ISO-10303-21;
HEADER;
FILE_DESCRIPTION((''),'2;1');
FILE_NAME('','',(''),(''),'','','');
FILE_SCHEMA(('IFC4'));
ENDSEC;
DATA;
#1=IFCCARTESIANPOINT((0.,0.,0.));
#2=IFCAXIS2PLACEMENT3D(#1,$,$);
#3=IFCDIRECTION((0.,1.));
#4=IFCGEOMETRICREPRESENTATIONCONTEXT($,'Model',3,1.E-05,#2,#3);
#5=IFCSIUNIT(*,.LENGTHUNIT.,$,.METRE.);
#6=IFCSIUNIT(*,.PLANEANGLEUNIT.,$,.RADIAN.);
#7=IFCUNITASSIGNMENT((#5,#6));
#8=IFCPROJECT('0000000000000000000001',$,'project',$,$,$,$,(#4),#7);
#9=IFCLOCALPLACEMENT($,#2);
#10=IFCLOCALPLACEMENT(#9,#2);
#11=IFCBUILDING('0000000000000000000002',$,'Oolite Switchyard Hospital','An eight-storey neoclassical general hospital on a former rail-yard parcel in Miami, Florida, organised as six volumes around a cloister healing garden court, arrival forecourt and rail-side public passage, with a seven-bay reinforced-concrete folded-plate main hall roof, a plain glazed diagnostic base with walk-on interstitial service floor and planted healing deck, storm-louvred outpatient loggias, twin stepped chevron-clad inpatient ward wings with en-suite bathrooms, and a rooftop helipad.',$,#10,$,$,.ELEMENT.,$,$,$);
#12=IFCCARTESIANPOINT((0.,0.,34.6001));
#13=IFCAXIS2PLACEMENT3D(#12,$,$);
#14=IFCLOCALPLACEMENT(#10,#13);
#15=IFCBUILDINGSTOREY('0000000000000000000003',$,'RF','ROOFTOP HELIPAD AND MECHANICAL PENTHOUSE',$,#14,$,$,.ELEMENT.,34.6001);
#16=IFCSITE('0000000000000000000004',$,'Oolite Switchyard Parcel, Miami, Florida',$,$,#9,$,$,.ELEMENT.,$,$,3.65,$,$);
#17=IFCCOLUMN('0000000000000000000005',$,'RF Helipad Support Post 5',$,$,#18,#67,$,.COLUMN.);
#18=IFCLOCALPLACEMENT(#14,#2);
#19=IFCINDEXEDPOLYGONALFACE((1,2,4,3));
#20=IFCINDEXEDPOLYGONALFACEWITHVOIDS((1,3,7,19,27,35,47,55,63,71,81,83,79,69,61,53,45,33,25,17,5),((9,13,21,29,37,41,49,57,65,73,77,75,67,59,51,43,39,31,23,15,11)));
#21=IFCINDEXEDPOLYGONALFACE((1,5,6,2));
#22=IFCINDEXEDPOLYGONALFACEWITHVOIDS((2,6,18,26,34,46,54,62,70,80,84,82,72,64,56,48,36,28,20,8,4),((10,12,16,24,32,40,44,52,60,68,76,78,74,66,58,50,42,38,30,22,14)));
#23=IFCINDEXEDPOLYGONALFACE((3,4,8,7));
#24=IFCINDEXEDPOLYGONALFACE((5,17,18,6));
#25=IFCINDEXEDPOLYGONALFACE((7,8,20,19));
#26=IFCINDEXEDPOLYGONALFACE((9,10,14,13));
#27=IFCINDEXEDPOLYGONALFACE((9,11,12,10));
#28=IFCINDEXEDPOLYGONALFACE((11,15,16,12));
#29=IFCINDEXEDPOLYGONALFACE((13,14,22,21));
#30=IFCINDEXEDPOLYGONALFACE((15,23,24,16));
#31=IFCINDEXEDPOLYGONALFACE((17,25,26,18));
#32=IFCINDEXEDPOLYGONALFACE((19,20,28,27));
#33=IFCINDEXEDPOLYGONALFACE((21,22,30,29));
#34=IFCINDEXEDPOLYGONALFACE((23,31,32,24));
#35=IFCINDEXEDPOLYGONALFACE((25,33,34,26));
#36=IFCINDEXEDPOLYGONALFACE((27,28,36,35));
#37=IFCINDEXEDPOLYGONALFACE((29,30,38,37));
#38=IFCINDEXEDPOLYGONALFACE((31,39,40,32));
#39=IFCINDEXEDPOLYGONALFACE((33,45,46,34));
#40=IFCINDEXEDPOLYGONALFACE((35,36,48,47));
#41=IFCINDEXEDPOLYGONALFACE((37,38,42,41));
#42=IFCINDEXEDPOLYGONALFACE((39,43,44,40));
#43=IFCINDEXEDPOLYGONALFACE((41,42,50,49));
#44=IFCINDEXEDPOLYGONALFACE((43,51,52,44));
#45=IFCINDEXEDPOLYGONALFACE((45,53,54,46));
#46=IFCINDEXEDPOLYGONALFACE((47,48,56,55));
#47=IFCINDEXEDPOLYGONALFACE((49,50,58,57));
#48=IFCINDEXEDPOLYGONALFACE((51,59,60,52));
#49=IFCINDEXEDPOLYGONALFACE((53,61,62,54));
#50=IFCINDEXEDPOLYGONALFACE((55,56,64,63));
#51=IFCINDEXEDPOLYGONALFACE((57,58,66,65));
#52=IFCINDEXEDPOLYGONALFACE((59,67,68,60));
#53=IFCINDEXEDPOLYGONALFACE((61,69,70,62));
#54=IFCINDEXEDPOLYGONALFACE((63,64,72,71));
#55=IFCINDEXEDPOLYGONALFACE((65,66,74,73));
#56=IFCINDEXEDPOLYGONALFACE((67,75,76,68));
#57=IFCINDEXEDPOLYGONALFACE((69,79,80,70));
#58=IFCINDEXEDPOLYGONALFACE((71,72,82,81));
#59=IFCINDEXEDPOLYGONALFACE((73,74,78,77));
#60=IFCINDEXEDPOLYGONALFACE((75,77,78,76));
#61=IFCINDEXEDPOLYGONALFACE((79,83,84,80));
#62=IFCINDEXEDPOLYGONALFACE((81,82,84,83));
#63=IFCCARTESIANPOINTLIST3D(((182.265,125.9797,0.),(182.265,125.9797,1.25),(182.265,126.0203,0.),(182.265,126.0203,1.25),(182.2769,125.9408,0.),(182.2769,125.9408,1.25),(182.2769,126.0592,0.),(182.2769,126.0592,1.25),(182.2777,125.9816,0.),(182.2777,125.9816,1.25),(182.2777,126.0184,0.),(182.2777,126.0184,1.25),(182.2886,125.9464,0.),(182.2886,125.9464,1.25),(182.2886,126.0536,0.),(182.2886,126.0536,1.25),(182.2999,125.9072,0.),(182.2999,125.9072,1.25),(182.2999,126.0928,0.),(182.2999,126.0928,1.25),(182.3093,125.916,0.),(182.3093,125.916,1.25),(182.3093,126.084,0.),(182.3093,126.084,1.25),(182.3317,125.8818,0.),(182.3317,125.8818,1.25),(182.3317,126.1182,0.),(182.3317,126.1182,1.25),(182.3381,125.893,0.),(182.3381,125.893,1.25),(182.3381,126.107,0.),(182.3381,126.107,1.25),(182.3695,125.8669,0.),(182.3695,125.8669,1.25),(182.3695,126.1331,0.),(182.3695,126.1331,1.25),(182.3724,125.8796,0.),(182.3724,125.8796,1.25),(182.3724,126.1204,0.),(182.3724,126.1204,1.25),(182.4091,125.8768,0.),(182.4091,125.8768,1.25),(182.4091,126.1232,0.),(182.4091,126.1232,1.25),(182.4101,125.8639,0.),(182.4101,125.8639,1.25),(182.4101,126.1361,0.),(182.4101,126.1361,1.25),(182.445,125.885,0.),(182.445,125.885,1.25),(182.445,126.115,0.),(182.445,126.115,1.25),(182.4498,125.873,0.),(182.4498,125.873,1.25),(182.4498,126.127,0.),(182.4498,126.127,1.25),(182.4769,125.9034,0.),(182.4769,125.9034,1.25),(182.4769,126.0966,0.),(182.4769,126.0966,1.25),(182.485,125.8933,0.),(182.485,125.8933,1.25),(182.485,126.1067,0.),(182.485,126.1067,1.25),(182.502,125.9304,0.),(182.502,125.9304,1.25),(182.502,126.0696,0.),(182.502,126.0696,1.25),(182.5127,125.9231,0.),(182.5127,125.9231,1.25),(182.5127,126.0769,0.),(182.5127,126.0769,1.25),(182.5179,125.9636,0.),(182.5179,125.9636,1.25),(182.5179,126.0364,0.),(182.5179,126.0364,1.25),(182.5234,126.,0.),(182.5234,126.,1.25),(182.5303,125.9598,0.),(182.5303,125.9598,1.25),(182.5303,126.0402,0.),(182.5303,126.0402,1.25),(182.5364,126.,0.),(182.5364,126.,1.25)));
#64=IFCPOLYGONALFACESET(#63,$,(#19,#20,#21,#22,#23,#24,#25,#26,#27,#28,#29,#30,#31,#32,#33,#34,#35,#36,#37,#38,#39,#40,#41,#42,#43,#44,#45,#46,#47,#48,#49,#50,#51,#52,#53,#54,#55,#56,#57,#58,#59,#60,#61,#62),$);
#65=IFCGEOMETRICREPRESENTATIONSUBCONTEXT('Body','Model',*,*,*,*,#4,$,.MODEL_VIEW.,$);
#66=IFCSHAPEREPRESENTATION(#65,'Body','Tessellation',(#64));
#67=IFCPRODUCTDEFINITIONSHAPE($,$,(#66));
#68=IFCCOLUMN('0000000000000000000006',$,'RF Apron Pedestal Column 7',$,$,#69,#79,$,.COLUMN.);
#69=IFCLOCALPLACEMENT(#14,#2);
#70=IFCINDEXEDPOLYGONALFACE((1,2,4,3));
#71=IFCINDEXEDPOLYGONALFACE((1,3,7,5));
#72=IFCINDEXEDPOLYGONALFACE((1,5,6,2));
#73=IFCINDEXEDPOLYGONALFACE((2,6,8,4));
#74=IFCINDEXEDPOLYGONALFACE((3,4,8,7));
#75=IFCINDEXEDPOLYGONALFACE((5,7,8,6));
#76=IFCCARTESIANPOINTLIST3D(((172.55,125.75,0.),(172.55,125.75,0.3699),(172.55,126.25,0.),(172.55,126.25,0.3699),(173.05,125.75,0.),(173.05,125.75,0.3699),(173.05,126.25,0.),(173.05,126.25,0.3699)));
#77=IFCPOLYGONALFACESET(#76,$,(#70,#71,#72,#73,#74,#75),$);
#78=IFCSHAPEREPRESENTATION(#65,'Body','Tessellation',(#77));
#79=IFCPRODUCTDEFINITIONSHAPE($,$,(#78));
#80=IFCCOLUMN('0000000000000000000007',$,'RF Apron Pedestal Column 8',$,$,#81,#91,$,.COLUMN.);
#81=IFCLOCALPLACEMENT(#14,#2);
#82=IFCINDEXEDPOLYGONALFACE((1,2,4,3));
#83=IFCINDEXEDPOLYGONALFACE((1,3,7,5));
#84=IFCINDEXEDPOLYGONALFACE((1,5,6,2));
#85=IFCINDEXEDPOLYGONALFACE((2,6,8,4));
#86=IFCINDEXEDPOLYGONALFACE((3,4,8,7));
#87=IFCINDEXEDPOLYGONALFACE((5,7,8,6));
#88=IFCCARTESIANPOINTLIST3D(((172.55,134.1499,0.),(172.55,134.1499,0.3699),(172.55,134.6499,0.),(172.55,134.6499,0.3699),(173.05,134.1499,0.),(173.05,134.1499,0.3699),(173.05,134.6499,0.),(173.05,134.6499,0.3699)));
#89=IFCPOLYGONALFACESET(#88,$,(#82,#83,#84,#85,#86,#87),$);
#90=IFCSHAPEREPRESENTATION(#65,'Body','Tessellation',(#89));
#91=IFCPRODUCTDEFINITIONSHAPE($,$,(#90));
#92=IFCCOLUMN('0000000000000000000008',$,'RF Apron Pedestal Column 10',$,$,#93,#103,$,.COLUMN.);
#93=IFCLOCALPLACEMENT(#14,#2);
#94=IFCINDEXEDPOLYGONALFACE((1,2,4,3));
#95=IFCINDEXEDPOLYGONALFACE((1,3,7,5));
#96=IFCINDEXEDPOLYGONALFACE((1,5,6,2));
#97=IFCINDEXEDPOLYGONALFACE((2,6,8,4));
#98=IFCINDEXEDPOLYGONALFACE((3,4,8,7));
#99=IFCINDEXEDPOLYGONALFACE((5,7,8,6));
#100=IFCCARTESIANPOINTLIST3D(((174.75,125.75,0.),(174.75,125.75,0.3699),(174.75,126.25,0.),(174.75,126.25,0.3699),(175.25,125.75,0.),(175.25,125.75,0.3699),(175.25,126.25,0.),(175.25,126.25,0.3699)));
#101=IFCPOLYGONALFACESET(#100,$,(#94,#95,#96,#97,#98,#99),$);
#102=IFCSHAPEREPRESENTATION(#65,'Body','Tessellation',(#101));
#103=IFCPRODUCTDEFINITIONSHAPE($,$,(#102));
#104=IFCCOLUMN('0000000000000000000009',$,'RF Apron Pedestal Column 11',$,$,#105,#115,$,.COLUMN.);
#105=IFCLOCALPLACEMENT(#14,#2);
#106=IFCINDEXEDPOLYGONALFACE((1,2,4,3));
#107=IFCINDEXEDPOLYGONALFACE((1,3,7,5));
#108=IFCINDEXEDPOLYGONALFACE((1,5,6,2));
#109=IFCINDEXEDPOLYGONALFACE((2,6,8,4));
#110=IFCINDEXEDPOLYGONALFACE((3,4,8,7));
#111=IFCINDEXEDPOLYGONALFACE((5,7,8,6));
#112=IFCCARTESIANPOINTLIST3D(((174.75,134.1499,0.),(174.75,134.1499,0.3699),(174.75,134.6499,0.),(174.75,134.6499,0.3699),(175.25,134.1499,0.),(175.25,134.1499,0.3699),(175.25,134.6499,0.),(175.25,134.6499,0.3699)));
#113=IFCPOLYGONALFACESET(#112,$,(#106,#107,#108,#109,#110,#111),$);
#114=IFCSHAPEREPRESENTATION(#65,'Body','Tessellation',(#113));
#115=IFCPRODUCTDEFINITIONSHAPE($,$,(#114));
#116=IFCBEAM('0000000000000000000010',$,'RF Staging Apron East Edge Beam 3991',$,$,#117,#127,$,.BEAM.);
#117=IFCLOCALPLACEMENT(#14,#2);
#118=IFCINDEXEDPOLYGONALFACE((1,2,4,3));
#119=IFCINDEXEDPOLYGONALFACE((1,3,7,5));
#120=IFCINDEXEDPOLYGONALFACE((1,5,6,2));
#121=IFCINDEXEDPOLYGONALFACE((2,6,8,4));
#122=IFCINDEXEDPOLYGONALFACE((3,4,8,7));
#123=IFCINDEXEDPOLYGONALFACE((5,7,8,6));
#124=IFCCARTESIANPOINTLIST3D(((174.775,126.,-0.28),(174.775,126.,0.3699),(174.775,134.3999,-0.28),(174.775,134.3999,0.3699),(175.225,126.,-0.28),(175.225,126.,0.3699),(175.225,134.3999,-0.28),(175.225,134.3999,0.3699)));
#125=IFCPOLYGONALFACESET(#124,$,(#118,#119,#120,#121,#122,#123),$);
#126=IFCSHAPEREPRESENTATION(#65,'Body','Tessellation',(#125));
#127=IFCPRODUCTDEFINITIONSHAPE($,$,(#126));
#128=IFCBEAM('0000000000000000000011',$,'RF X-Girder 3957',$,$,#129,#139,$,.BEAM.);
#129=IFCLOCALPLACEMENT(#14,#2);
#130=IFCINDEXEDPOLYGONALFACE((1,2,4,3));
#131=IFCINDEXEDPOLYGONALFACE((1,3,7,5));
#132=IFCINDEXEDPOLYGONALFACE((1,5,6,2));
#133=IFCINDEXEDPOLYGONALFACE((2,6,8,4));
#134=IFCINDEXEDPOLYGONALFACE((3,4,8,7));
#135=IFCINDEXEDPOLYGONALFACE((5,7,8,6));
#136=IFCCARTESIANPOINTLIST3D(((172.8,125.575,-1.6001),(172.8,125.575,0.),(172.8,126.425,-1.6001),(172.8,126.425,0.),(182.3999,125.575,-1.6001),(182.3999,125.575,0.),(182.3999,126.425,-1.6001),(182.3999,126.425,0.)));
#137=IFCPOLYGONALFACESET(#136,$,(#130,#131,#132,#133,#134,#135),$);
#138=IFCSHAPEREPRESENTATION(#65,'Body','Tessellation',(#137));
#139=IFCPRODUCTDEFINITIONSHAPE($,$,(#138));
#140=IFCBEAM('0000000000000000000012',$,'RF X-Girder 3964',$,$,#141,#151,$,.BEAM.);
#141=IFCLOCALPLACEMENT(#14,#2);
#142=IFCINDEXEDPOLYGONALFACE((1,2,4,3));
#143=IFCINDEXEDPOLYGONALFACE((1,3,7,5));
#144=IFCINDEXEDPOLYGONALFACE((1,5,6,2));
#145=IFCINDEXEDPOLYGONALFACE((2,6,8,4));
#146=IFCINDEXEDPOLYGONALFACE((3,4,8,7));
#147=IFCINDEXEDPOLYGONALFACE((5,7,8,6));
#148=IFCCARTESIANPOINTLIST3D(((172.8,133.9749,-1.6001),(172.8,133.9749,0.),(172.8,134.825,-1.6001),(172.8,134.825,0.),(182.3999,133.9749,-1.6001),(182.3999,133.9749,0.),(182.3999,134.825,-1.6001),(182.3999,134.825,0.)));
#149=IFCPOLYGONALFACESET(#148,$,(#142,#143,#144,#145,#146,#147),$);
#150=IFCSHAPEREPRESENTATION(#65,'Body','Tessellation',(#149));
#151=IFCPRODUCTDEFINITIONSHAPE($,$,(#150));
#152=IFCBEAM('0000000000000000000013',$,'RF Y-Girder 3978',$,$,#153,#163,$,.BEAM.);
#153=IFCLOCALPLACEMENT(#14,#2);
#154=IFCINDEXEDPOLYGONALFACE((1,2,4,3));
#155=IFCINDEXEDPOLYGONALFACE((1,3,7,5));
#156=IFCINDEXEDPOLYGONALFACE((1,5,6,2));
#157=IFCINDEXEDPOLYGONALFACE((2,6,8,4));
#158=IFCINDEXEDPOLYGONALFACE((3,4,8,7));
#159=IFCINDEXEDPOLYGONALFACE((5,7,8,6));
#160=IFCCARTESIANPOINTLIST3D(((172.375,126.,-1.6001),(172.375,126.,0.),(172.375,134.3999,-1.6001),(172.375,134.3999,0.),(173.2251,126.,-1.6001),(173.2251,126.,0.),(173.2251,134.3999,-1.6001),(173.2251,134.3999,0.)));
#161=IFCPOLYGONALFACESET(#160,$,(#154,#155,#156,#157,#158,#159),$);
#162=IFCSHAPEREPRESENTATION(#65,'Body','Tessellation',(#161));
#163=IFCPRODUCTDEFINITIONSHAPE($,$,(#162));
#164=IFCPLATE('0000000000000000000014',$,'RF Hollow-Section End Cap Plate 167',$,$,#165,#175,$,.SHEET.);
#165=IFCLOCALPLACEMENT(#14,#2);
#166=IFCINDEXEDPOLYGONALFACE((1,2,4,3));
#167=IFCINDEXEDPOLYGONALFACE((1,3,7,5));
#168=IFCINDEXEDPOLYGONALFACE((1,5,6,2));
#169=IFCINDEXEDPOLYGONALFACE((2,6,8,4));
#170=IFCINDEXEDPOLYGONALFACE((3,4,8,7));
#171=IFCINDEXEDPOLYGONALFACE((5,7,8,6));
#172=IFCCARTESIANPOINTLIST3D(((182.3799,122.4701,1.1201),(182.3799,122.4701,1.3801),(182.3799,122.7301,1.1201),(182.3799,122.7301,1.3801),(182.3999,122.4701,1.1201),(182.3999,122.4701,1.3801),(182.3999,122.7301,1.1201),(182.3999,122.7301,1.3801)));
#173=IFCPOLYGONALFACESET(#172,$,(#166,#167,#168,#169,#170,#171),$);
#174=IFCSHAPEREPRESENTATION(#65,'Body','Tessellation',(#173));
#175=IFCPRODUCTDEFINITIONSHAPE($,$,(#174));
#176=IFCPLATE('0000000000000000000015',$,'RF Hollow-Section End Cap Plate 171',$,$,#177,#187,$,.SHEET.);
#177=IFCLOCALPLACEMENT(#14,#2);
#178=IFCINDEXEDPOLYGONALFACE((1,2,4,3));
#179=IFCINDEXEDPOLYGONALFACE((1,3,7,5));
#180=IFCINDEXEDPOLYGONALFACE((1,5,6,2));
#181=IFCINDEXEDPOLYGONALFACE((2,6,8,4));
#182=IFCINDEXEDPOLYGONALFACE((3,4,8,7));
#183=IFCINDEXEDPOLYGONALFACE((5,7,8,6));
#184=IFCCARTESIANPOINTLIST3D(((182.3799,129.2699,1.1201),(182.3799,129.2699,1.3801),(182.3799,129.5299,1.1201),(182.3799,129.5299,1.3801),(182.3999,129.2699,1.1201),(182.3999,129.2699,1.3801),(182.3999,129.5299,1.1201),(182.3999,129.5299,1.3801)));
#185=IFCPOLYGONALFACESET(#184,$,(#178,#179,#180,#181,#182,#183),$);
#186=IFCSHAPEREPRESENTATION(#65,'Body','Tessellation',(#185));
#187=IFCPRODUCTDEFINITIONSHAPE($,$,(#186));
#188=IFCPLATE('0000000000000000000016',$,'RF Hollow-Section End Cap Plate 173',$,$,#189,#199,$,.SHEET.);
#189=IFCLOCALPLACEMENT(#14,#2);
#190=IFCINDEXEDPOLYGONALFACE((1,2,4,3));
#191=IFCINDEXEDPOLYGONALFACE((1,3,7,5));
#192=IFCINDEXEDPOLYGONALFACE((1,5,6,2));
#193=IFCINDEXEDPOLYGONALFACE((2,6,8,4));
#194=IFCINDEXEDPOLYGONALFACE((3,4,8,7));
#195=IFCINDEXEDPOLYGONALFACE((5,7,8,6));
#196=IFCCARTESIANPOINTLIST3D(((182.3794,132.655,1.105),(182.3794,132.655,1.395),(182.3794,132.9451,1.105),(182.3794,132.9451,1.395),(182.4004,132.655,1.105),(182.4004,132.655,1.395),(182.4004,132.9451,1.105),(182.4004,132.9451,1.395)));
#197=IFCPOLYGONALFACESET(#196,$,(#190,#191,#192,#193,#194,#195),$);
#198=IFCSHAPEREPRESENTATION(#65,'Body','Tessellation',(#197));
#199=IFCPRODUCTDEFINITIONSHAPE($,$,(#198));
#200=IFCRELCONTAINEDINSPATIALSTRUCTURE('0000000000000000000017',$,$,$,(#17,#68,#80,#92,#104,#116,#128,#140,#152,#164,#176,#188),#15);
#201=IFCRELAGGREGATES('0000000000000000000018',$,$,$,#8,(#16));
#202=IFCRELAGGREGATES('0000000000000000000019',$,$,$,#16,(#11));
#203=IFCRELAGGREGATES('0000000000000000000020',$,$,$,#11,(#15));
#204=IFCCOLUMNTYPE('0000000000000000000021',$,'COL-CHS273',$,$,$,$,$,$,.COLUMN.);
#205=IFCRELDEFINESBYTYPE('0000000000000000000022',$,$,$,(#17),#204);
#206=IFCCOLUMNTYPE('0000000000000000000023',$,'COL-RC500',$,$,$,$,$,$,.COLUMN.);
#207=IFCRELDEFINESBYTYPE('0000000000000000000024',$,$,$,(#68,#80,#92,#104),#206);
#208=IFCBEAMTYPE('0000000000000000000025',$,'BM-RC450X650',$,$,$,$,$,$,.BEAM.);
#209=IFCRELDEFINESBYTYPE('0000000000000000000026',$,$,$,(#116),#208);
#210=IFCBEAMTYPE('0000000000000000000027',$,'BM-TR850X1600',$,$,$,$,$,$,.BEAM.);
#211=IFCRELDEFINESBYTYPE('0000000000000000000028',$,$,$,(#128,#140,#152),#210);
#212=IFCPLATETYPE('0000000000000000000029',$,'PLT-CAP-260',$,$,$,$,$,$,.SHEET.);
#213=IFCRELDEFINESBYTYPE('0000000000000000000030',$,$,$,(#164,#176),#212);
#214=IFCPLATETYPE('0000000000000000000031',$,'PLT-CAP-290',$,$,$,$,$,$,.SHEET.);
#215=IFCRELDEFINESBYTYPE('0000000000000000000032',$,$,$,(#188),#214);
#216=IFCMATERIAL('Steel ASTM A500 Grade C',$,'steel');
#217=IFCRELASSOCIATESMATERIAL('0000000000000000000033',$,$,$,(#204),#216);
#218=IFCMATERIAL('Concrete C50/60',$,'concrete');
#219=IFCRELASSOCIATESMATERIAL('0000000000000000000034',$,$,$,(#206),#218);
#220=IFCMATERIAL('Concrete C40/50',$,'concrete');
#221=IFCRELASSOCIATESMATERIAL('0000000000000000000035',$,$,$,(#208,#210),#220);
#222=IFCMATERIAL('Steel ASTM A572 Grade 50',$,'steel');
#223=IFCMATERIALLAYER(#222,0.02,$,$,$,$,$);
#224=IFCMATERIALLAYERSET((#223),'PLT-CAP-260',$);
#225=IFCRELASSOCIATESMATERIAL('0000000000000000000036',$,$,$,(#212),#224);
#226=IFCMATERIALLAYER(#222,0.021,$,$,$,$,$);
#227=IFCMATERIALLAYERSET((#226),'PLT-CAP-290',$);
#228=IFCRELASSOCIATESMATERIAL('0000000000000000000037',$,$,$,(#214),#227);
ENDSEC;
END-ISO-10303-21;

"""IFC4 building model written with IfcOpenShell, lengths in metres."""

from ifc_helpers import new_model, si_unit, direction, frame, origin, origin_2d, place, context, subcontext, project, spatial, rectangle, hollow_circle, extrude, material, layer, layer_set, material_profile, profile_set, type_object, element, save


model = new_model("IFC4")

# Units and contexts
model_context = context("Model", 3, precision=1e-05, world=origin(), true_north=direction((0.0, 1.0)))
body_context = subcontext(model_context, "Body", "Model", "MODEL_VIEW")
ifc_project = project(units=[si_unit("LENGTHUNIT", "METRE"), si_unit("PLANEANGLEUNIT", "RADIAN")], contexts=[model_context])

# Site, building, storey
site_placement = place(None, origin())
site = spatial("IfcSite", under=ifc_project, at=site_placement, Name="Oolite Switchyard Parcel, Miami, Florida", CompositionType="ELEMENT", RefElevation=3.65)
building_placement = place(site_placement, origin())
building = spatial("IfcBuilding", under=site, at=building_placement, Name="Oolite Switchyard Hospital", Description="An eight-storey neoclassical general hospital on a former rail-yard parcel in Miami, Florida, organised as six volumes around a cloister healing garden court, arrival forecourt and rail-side public passage, with a seven-bay reinforced-concrete folded-plate main hall roof, a plain glazed diagnostic base with walk-on interstitial service floor and planted healing deck, storm-louvred outpatient loggias, twin stepped chevron-clad inpatient ward wings with en-suite bathrooms, and a rooftop helipad.", CompositionType="ELEMENT")
storey_placement = place(building_placement, frame((0.0, 0.0, 34.6001)))
storey = spatial("IfcBuildingStorey", under=building, at=storey_placement, Name="RF", Description="ROOFTOP HELIPAD AND MECHANICAL PENTHOUSE", CompositionType="ELEMENT", Elevation=34.6001)

# Columns
ifc_material_1 = material(Name="Steel ASTM A500 Grade C", Category="steel")
ifc_material_profile_1 = material_profile(ifc_material_1, hollow_circle(Radius=0.1365, WallThickness=0.0129, at=origin_2d()), Name="HSS273X13")
ifc_profile_set_1 = profile_set([ifc_material_profile_1], Name="Steel ASTM A500 Grade C")
column_type_1 = type_object("IfcColumnType", Name="COL-CHS273", PredefinedType="COLUMN", material=ifc_profile_set_1)
column_placement = place(storey_placement, frame((182.3999, 126.0, 0.0), z_axis=(0.0, 0.0, 1.0), x_axis=(1.0, 0.0, 0.0)))
element("IfcColumn", 1, at=column_placement, inside=storey, type_object=column_type_1, Name="RF Helipad Support Post 5", PredefinedType="COLUMN", context=body_context, shape_type="SweptSolid", body=[
    extrude(hollow_circle(Radius=0.1365, WallThickness=0.0129, at=origin_2d()), origin(), (0.0, 0.0, 1.0), 1.25),
])
ifc_material_2 = material(Name="Concrete C50/60", Category="concrete")
ifc_material_profile_2 = material_profile(ifc_material_2, rectangle(XDim=0.5, YDim=0.5, at=origin_2d()), Name="RC500X500")
ifc_profile_set_2 = profile_set([ifc_material_profile_2], Name="Concrete C50/60")
column_type_2 = type_object("IfcColumnType", Name="COL-RC500", PredefinedType="COLUMN", material=ifc_profile_set_2)
for number, where, z_axis, x_axis, name in (
    (2, (172.8, 126.0, 0.0), (0.0, 0.0, 1.0), (1.0, 0.0, 0.0), "RF Apron Pedestal Column 7"),
    (3, (172.8, 134.3999, 0.0), (0.0, 0.0, 1.0), (1.0, 0.0, 0.0), "RF Apron Pedestal Column 8"),
    (4, (175.0, 126.0, 0.0), (0.0, 0.0, 1.0), (1.0, 0.0, 0.0), "RF Apron Pedestal Column 10"),
    (5, (175.0, 134.3999, 0.0), (0.0, 0.0, 1.0), (1.0, 0.0, 0.0), "RF Apron Pedestal Column 11"),
):
    element("IfcColumn", number, at=place(storey_placement, frame(where, z_axis=z_axis, x_axis=x_axis)), inside=storey, type_object=column_type_2, Name=name, PredefinedType="COLUMN", context=body_context, shape_type="SweptSolid", body=[
        extrude(rectangle(XDim=0.5, YDim=0.5, at=origin_2d()), origin(), (0.0, 0.0, 1.0), 0.3699),
    ])

# Beams
ifc_material_3 = material(Name="Concrete C40/50", Category="concrete")
ifc_material_profile_3 = material_profile(ifc_material_3, rectangle(XDim=0.45, YDim=0.6499, at=origin_2d()), Name="RCB450X650")
ifc_profile_set_3 = profile_set([ifc_material_profile_3], Name="Concrete C40/50")
beam_type_1 = type_object("IfcBeamType", Name="BM-RC450X650", PredefinedType="BEAM", material=ifc_profile_set_3)
beam_1_placement = place(storey_placement, frame((175.0, 126.0, 0.0449), z_axis=(0.0, 1.0, 0.0), x_axis=(-1.0, 0.0, 0.0)))
element("IfcBeam", 6, at=beam_1_placement, inside=storey, type_object=beam_type_1, Name="RF Staging Apron East Edge Beam 3991", PredefinedType="BEAM", context=body_context, shape_type="SweptSolid", body=[
    extrude(rectangle(XDim=0.45, YDim=0.6499, at=origin_2d()), origin(), (0.0, 0.0, 1.0), 8.3999),
])
ifc_material_profile_4 = material_profile(ifc_material_3, rectangle(XDim=0.8501, YDim=1.6001, at=origin_2d()), Name="RCT850X1600")
ifc_profile_set_4 = profile_set([ifc_material_profile_4], Name="Concrete C40/50")
beam_type_2 = type_object("IfcBeamType", Name="BM-TR850X1600", PredefinedType="BEAM", material=ifc_profile_set_4)
for number, where, z_axis, x_axis, name in (
    (7, (172.8, 126.0, -0.8), (1.0, 0.0, 0.0), (0.0, 1.0, 0.0), "RF X-Girder 3957"),
    (8, (172.8, 134.3999, -0.8), (1.0, 0.0, 0.0), (0.0, 1.0, 0.0), "RF X-Girder 3964"),
):
    element("IfcBeam", number, at=place(storey_placement, frame(where, z_axis=z_axis, x_axis=x_axis)), inside=storey, type_object=beam_type_2, Name=name, PredefinedType="BEAM", context=body_context, shape_type="SweptSolid", body=[
        extrude(rectangle(XDim=0.8501, YDim=1.6001, at=origin_2d()), origin(), (0.0, 0.0, 1.0), 9.5999),
    ])
beam_2_placement = place(storey_placement, frame((172.8, 126.0, -0.8), z_axis=(0.0, 1.0, 0.0), x_axis=(-1.0, 0.0, 0.0)))
element("IfcBeam", 9, at=beam_2_placement, inside=storey, type_object=beam_type_2, Name="RF Y-Girder 3978", PredefinedType="BEAM", context=body_context, shape_type="SweptSolid", body=[
    extrude(rectangle(XDim=0.8501, YDim=1.6001, at=origin_2d()), origin(), (0.0, 0.0, 1.0), 8.3999),
])

# Plates
ifc_material_4 = material(Name="Steel ASTM A572 Grade 50", Category="steel")
ifc_layer_1 = layer(ifc_material_4, 0.02)
ifc_layer_set_1 = layer_set([ifc_layer_1], Name="PLT-CAP-260")
plate_type_1 = type_object("IfcPlateType", Name="PLT-CAP-260", PredefinedType="SHEET", material=ifc_layer_set_1)
for number, where, z_axis, x_axis, name in (
    (10, (182.3899, 122.6001, 1.1201), (0.0, 0.0, 1.0), (0.0, 1.0, 0.0), "RF Hollow-Section End Cap Plate 167"),
    (11, (182.3899, 129.3999, 1.1201), (0.0, 0.0, 1.0), (0.0, 1.0, 0.0), "RF Hollow-Section End Cap Plate 171"),
):
    element("IfcPlate", number, at=place(storey_placement, frame(where, z_axis=z_axis, x_axis=x_axis)), inside=storey, type_object=plate_type_1, Name=name, PredefinedType="SHEET", context=body_context, shape_type="SweptSolid", body=[
        extrude(rectangle(XDim=0.26, YDim=0.02, at=origin_2d()), origin(), (0.0, 0.0, 1.0), 0.26),
    ])
ifc_layer_2 = layer(ifc_material_4, 0.021)
ifc_layer_set_2 = layer_set([ifc_layer_2], Name="PLT-CAP-290")
plate_type_2 = type_object("IfcPlateType", Name="PLT-CAP-290", PredefinedType="SHEET", material=ifc_layer_set_2)
plate_placement = place(storey_placement, frame((182.3899, 132.8, 1.105), z_axis=(0.0, 0.0, 1.0), x_axis=(0.0, 1.0, 0.0)))
element("IfcPlate", 12, at=plate_placement, inside=storey, type_object=plate_type_2, Name="RF Hollow-Section End Cap Plate 173", PredefinedType="SHEET", context=body_context, shape_type="SweptSolid", body=[
    extrude(rectangle(XDim=0.29, YDim=0.021, at=origin_2d()), origin(), (0.0, 0.0, 1.0), 0.29),
])

save(model, "model.ifc")
